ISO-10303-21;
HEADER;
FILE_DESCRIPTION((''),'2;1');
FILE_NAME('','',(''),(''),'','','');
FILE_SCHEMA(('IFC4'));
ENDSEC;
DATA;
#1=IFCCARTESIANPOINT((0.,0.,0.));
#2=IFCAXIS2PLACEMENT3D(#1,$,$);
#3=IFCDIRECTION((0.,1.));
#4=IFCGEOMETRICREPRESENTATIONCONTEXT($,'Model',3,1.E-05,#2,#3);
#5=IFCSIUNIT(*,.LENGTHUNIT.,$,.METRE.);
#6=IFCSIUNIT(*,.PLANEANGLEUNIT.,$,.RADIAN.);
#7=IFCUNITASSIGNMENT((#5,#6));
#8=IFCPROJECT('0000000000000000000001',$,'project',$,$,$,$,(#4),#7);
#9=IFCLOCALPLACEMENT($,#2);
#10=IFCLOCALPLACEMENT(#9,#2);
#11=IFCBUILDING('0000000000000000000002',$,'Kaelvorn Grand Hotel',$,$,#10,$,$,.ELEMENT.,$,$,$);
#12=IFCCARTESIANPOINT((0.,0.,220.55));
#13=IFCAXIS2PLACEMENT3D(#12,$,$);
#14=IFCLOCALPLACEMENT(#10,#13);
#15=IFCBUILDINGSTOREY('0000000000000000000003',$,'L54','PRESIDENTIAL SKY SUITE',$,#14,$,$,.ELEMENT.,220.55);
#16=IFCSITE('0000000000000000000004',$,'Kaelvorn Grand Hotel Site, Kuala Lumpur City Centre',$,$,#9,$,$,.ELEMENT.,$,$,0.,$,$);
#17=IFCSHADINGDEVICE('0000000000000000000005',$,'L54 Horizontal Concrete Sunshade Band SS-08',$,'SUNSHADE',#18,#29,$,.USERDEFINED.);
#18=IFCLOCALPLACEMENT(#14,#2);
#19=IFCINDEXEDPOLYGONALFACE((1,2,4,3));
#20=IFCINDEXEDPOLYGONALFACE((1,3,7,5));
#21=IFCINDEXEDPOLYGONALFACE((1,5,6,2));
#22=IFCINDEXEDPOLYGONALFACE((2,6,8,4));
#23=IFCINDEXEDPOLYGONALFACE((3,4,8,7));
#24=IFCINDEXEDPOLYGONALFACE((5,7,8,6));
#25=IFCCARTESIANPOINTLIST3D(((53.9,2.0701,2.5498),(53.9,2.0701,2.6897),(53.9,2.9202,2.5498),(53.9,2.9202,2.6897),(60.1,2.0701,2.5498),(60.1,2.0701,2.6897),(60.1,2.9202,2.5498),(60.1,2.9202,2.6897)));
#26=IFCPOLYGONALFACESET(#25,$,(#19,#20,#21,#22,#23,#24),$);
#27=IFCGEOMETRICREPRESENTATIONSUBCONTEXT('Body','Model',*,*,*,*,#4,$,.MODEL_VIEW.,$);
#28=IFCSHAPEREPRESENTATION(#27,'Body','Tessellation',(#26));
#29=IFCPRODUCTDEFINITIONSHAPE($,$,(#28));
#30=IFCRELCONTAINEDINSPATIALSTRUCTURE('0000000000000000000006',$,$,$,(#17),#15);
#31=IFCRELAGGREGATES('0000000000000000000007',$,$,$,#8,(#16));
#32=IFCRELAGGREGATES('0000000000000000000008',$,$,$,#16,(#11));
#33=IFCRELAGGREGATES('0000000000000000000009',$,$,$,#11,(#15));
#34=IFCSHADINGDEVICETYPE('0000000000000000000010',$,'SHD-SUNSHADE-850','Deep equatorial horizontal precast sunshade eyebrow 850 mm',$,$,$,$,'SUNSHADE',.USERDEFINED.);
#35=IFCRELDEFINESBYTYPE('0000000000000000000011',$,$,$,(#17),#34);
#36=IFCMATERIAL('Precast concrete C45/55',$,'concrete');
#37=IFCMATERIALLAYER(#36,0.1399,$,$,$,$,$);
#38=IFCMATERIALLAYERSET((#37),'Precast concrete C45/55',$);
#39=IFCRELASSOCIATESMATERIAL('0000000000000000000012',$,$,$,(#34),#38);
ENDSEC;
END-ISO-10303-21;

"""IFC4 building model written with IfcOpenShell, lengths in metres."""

from ifc_helpers import new_model, si_unit, direction, frame, origin, origin_2d, place, context, subcontext, project, spatial, rectangle, extrude, material, layer, layer_set, type_object, element, save


model = new_model("IFC4")

# Units and contexts
model_context = context("Model", 3, precision=1e-05, world=origin(), true_north=direction((0.0, 1.0)))
body_context = subcontext(model_context, "Body", "Model", "MODEL_VIEW")
ifc_project = project(units=[si_unit("LENGTHUNIT", "METRE"), si_unit("PLANEANGLEUNIT", "RADIAN")], contexts=[model_context])

# Site, building, storey
site_placement = place(None, origin())
site = spatial("IfcSite", under=ifc_project, at=site_placement, Name="Kaelvorn Grand Hotel Site, Kuala Lumpur City Centre", CompositionType="ELEMENT", RefElevation=0.0)
building_placement = place(site_placement, origin())
building = spatial("IfcBuilding", under=site, at=building_placement, Name="Kaelvorn Grand Hotel", CompositionType="ELEMENT")
storey_placement = place(building_placement, frame((0.0, 0.0, 220.55)))
storey = spatial("IfcBuildingStorey", under=building, at=storey_placement, Name="L54", Description="PRESIDENTIAL SKY SUITE", CompositionType="ELEMENT", Elevation=220.55)

# Shading device
ifc_material_1 = material(Name="Precast concrete C45/55", Category="concrete")
ifc_layer_1 = layer(ifc_material_1, 0.1399)
ifc_layer_set_1 = layer_set([ifc_layer_1], Name="Precast concrete C45/55")
shading_device_type_1 = type_object("IfcShadingDeviceType", Name="SHD-SUNSHADE-850", Description="Deep equatorial horizontal precast sunshade eyebrow 850 mm", ElementType="SUNSHADE", PredefinedType="USERDEFINED", material=ifc_layer_set_1)
shading_device_placement = place(storey_placement, frame((57.0, 2.4951, 2.5498), z_axis=(0.0, 0.0, 1.0), x_axis=(1.0, 0.0, 0.0)))
element("IfcShadingDevice", 1, at=shading_device_placement, inside=storey, type_object=shading_device_type_1, Name="L54 Horizontal Concrete Sunshade Band SS-08", ObjectType="SUNSHADE", PredefinedType="USERDEFINED", context=body_context, shape_type="SweptSolid", body=[
    extrude(rectangle(XDim=6.2, YDim=0.8501, at=origin_2d()), origin(), (0.0, 0.0, 1.0), 0.1399),
])

save(model, "model.ifc")
